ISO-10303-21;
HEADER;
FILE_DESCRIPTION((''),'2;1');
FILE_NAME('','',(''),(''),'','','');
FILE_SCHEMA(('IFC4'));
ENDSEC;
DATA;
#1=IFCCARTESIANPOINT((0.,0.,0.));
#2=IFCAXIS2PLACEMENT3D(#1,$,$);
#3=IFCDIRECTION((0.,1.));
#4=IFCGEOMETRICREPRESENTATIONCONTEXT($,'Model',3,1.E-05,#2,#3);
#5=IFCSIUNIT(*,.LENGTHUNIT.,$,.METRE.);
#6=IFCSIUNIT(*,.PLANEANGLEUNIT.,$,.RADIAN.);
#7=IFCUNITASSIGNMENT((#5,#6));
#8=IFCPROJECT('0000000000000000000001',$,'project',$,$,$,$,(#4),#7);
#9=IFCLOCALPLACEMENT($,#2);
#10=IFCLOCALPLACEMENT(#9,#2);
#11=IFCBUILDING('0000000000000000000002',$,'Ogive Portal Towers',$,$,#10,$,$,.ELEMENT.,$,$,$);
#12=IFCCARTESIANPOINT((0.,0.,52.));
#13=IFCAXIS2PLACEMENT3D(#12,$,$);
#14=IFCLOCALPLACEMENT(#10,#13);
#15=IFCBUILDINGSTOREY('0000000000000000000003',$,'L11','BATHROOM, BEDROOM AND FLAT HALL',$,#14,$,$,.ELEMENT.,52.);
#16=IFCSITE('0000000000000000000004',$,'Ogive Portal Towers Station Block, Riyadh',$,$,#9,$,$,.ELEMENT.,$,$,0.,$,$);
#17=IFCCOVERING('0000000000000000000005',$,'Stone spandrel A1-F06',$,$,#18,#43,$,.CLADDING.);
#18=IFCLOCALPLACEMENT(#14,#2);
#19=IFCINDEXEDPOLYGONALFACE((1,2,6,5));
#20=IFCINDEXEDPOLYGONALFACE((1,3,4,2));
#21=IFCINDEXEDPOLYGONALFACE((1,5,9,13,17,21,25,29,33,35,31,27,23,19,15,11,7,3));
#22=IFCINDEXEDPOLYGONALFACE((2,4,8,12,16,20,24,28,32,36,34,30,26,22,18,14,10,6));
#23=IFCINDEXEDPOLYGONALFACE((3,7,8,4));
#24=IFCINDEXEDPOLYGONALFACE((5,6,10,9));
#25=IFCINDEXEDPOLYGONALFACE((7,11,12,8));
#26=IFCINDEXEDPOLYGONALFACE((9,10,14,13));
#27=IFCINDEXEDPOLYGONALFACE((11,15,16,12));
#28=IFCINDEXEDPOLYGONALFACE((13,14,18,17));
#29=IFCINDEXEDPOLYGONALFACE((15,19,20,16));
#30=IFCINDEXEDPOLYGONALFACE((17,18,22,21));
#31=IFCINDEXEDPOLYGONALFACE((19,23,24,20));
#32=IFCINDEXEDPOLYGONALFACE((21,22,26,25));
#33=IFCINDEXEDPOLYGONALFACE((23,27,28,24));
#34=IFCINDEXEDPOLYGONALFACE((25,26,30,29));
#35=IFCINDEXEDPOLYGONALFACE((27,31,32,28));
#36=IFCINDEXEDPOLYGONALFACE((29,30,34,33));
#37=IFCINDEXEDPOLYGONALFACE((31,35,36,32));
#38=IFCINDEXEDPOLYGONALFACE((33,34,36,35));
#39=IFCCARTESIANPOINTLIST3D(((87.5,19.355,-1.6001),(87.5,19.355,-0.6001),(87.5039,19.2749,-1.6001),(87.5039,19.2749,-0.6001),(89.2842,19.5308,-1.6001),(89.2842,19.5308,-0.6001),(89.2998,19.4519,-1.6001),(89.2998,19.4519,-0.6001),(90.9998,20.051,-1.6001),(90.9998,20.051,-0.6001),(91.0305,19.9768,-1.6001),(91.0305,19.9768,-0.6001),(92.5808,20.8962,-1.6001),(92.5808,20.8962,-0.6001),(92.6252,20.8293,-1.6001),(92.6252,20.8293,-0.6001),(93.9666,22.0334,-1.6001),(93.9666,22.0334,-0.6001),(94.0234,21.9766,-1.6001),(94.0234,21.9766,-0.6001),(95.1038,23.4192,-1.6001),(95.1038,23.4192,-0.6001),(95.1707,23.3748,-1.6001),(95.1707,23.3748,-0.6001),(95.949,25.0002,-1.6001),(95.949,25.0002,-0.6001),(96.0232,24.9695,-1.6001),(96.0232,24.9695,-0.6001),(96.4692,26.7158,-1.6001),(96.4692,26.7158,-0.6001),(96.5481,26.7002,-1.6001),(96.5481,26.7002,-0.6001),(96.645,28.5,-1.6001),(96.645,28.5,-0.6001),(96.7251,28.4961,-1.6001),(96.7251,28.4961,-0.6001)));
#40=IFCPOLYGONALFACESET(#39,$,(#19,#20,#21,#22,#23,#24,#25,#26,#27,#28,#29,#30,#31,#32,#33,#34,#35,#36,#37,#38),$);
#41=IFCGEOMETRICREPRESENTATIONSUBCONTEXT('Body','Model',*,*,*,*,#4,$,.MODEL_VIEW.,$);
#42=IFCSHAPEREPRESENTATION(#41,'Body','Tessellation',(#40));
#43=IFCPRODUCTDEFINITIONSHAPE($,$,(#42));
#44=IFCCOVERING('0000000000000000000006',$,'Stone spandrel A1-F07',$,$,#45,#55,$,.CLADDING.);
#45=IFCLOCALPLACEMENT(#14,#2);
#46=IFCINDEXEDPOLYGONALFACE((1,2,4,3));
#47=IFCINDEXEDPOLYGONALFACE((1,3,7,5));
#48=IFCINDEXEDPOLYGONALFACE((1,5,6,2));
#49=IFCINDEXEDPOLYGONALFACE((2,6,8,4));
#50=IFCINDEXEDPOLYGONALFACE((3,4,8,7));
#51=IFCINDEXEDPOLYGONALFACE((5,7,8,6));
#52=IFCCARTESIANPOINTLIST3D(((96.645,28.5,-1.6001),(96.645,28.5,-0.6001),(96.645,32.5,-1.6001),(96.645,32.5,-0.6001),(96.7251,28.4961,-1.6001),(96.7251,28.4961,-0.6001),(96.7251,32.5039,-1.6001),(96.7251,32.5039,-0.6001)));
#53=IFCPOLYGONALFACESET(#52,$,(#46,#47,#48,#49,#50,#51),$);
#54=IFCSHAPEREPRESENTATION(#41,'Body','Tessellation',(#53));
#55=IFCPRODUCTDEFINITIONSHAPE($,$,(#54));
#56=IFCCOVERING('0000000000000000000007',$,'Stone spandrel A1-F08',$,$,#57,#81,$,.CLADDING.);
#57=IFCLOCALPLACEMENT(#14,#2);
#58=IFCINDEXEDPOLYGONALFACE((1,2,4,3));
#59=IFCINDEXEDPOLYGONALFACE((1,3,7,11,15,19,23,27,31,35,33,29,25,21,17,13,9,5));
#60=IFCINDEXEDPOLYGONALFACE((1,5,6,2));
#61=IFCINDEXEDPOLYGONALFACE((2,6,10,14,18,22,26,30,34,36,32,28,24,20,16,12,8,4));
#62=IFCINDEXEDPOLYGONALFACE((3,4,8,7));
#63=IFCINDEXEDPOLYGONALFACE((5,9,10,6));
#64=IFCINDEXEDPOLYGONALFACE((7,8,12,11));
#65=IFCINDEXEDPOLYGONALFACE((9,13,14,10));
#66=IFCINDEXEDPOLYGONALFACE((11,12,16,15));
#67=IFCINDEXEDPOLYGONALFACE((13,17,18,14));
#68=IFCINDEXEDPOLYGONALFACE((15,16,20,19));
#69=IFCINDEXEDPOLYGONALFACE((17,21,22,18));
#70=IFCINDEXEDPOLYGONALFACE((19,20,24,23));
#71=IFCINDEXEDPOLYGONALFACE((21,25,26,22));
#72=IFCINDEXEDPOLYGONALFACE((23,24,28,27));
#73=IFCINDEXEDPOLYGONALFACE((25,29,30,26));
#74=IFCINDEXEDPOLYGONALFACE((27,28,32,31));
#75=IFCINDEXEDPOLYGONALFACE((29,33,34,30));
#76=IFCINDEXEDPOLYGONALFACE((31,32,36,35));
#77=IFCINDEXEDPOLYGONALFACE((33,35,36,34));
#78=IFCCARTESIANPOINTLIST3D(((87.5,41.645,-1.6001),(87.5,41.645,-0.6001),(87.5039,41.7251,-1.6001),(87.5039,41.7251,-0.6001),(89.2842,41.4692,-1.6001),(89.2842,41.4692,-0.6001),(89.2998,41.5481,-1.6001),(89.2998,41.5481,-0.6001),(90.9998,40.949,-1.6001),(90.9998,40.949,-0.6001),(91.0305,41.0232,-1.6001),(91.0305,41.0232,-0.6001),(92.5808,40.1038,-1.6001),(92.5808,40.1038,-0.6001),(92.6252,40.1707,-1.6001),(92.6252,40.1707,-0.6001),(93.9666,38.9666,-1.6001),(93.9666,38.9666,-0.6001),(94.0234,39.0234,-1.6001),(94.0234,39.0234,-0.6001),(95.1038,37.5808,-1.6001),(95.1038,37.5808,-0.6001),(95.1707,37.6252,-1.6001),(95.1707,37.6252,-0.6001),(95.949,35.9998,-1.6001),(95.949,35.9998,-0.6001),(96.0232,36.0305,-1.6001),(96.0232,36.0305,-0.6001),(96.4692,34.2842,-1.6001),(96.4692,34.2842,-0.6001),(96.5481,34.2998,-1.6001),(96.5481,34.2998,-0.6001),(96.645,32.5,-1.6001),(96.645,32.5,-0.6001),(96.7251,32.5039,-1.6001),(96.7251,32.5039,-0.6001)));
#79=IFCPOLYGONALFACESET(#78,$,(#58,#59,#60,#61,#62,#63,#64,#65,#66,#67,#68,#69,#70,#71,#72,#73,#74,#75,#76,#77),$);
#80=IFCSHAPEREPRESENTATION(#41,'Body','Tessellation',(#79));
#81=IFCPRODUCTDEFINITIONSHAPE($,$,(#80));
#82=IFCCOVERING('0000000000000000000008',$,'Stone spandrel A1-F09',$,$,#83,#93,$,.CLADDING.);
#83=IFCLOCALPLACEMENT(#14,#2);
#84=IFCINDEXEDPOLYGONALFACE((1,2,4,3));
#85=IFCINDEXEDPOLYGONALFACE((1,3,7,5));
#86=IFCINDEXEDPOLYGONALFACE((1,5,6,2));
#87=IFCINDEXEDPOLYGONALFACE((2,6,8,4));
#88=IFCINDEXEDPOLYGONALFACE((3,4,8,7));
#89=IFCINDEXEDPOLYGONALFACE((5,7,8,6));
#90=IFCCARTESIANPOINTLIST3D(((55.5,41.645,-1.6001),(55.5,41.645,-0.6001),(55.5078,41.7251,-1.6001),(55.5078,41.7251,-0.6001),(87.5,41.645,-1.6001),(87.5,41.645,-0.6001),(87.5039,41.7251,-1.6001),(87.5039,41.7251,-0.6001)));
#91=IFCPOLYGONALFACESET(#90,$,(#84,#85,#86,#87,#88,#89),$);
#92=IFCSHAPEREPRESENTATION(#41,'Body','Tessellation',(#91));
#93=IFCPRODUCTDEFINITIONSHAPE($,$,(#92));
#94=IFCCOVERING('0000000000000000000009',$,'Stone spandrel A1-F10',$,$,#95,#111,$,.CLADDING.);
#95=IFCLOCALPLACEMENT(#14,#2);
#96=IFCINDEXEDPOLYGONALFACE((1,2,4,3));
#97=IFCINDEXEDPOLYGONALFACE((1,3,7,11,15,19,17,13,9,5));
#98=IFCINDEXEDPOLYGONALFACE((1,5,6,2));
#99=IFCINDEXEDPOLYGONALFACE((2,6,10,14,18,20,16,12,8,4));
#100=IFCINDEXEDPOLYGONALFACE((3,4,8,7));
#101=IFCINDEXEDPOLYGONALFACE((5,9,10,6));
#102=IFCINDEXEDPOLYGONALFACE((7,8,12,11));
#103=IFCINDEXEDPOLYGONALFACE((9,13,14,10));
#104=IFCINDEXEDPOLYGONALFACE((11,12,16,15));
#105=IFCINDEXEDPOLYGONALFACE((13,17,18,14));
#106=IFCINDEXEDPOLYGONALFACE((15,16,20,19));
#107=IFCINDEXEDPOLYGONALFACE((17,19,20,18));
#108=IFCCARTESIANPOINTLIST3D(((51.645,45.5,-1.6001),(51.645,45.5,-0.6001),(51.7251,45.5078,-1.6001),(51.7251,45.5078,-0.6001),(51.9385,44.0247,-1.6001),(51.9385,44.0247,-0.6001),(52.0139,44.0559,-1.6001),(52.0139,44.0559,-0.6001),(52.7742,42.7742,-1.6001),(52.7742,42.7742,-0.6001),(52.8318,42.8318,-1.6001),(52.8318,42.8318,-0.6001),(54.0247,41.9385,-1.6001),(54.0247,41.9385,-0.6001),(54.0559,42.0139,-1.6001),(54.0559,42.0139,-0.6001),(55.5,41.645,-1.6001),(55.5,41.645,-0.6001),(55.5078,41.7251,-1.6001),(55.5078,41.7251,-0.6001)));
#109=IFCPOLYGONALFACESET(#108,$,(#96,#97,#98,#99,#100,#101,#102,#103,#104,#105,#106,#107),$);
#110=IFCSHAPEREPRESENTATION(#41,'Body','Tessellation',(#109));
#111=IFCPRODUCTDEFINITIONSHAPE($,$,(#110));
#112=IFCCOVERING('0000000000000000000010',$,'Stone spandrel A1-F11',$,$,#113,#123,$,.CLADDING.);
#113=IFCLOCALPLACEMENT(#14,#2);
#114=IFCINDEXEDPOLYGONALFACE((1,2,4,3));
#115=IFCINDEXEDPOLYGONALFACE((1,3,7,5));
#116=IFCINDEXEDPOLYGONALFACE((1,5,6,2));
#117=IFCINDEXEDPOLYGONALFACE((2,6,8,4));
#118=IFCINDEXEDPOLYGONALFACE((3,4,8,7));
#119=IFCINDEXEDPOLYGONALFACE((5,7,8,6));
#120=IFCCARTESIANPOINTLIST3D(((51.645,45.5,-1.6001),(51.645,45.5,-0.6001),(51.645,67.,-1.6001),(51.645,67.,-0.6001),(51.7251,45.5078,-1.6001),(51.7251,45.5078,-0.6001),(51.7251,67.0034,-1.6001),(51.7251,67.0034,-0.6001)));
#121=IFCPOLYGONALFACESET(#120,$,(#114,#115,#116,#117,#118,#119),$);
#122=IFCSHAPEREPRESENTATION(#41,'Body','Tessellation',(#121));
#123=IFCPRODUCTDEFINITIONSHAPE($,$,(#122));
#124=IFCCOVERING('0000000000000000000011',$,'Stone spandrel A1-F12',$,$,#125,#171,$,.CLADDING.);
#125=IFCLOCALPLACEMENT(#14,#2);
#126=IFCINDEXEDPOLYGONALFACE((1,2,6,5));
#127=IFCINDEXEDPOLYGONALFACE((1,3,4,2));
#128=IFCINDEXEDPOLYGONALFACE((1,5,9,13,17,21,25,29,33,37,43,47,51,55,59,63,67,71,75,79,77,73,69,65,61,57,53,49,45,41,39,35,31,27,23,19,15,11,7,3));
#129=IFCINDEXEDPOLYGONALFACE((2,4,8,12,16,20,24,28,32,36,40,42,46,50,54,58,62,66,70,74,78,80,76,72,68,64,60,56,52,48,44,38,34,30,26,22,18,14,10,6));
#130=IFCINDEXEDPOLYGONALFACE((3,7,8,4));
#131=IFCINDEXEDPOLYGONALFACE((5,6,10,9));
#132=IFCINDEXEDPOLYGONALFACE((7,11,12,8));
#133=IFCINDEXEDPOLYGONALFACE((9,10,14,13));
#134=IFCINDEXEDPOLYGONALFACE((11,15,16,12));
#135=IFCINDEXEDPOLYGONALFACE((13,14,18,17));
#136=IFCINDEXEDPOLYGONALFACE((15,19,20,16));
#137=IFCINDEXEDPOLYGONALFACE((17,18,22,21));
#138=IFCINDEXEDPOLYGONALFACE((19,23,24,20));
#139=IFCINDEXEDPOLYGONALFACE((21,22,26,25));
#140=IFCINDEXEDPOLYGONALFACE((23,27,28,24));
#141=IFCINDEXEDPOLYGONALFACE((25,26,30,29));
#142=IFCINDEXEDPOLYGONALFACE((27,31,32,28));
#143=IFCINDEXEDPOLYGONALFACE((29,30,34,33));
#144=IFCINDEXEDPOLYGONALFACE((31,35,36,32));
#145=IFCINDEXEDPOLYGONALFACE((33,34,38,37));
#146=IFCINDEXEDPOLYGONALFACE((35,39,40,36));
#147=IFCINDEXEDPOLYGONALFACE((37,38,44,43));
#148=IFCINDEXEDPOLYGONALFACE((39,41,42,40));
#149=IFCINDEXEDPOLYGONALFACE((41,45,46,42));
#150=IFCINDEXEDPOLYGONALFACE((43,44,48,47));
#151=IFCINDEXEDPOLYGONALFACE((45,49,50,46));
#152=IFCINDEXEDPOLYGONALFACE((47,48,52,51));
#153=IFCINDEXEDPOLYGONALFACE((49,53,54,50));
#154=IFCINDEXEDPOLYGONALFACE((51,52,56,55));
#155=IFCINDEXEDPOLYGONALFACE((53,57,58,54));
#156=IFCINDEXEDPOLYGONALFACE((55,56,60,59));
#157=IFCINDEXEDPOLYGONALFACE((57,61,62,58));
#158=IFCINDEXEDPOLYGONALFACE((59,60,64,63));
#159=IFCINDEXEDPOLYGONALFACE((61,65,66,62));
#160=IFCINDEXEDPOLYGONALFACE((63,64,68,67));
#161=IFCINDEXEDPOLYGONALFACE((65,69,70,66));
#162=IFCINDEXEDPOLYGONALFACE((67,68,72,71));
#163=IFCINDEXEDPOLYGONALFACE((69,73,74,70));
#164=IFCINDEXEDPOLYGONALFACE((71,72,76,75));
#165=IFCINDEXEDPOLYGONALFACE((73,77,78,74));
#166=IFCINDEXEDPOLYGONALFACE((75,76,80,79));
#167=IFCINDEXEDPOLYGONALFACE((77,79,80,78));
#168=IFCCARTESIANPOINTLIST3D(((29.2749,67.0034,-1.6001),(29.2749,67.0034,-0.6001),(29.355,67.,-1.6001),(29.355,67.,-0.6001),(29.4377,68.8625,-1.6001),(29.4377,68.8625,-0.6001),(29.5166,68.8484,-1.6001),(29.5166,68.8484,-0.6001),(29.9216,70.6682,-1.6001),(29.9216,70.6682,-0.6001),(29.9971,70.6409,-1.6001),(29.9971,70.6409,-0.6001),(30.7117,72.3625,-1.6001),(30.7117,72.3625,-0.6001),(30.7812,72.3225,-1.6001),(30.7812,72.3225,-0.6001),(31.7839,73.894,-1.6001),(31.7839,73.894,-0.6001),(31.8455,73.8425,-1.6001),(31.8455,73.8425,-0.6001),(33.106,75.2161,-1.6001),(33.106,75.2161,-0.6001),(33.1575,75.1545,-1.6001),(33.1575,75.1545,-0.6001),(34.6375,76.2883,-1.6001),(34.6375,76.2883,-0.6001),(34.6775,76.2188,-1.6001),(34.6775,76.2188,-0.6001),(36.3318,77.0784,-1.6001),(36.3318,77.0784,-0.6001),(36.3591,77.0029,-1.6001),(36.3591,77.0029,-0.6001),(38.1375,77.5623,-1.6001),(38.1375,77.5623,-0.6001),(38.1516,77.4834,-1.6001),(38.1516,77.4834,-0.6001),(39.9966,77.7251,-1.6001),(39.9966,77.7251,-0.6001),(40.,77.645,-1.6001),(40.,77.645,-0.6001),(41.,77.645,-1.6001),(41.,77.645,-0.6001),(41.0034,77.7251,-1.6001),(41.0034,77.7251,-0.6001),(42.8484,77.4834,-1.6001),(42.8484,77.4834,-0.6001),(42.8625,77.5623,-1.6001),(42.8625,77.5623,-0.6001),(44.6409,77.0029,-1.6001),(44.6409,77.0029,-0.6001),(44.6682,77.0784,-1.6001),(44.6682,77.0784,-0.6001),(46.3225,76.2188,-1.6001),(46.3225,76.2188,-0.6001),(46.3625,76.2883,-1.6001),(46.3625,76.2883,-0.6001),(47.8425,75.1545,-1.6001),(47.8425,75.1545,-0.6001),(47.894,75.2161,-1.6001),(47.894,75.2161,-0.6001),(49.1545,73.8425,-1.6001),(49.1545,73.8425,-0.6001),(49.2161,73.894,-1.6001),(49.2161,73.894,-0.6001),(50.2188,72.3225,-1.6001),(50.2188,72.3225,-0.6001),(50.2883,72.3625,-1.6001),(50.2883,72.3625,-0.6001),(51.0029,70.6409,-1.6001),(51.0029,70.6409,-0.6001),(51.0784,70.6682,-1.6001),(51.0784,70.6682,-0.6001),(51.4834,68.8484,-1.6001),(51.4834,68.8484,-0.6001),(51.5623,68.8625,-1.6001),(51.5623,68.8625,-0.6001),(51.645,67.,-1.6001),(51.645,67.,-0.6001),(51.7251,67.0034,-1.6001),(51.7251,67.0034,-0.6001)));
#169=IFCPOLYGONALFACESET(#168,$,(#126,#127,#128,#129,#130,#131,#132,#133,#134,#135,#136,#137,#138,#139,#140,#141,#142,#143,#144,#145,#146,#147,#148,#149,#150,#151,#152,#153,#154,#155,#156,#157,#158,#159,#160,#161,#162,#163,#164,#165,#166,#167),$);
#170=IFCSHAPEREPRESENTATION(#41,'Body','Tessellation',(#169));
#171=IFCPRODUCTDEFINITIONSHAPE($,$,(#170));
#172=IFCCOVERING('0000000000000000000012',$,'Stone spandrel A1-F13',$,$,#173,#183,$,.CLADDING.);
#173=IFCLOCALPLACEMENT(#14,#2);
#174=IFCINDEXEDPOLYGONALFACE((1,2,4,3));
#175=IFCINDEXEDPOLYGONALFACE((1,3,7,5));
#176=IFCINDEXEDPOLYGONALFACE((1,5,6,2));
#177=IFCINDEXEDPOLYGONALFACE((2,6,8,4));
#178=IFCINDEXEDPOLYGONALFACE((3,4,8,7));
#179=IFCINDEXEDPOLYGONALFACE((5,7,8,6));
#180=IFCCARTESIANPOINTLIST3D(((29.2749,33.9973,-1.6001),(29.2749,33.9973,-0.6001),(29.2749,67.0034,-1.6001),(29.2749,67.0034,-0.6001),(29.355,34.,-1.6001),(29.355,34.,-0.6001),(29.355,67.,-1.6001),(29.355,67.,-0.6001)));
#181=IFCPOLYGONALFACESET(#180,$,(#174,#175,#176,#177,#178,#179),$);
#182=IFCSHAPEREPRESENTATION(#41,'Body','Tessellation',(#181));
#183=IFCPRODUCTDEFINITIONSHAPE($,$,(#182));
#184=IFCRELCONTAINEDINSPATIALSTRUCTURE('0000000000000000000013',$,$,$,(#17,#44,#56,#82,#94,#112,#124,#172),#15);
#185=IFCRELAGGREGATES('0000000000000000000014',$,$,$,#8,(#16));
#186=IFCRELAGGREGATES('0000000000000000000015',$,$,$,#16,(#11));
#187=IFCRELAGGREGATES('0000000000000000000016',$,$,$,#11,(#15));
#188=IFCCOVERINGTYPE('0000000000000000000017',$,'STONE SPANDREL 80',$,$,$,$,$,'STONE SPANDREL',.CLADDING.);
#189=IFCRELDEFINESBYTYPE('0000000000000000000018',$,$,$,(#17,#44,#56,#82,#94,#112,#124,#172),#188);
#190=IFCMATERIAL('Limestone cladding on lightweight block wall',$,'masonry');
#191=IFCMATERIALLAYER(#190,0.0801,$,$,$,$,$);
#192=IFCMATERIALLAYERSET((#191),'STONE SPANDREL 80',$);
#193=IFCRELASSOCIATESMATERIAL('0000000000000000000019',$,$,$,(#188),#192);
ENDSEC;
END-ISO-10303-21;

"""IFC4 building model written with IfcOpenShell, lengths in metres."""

from ifc_helpers import new_model, si_unit, direction, frame, origin, place, context, subcontext, project, spatial, polyline, outline, extrude, material, layer, layer_set, type_object, element, save


model = new_model("IFC4")

# Units and contexts
model_context = context("Model", 3, precision=1e-05, world=origin(), true_north=direction((0.0, 1.0)))
body_context = subcontext(model_context, "Body", "Model", "MODEL_VIEW")
ifc_project = project(units=[si_unit("LENGTHUNIT", "METRE"), si_unit("PLANEANGLEUNIT", "RADIAN")], contexts=[model_context])

# Site, building, storey
site_placement = place(None, origin())
site = spatial("IfcSite", under=ifc_project, at=site_placement, Name="Ogive Portal Towers Station Block, Riyadh", CompositionType="ELEMENT", RefElevation=0.0)
building_placement = place(site_placement, origin())
building = spatial("IfcBuilding", under=site, at=building_placement, Name="Ogive Portal Towers", CompositionType="ELEMENT")
storey_placement = place(building_placement, frame((0.0, 0.0, 52.0)))
storey = spatial("IfcBuildingStorey", under=building, at=storey_placement, Name="L11", Description="BATHROOM, BEDROOM AND FLAT HALL", CompositionType="ELEMENT", Elevation=52.0)

# Coverings
ifc_material_1 = material(Name="Limestone cladding on lightweight block wall", Category="masonry")
ifc_layer_1 = layer(ifc_material_1, 0.0801)
ifc_layer_set_1 = layer_set([ifc_layer_1], Name="STONE SPANDREL 80")
covering_type_1 = type_object("IfcCoveringType", Name="STONE SPANDREL 80", ElementType="STONE SPANDREL", PredefinedType="CLADDING", material=ifc_layer_set_1)
covering_1_placement = place(storey_placement, frame((0.0, 0.0, -1.6001)))
element("IfcCovering", 1, at=covering_1_placement, inside=storey, type_object=covering_type_1, Name="Stone spandrel A1-F06", PredefinedType="CLADDING", context=body_context, shape_type="SweptSolid", body=[
    extrude(outline(polyline([(87.5, 19.355), (89.2842, 19.5308), (90.9998, 20.051), (92.5808, 20.8962), (93.9666, 22.0334), (95.1038, 23.4192), (95.949, 25.0002), (96.4692, 26.7158), (96.645, 28.5), (96.7251, 28.4961), (96.5481, 26.7002), (96.0232, 24.9695), (95.1707, 23.3748), (94.0234, 21.9766), (92.6252, 20.8293), (91.0305, 19.9768), (89.2998, 19.4519), (87.5039, 19.2749), (87.5, 19.355)])), origin(), (0.0, 0.0, 1.0), 1.0),
])
covering_2_placement = place(storey_placement, frame((0.0, 0.0, -1.6001)))
element("IfcCovering", 2, at=covering_2_placement, inside=storey, type_object=covering_type_1, Name="Stone spandrel A1-F07", PredefinedType="CLADDING", context=body_context, shape_type="SweptSolid", body=[
    extrude(outline(polyline([(96.645, 28.5), (96.645, 32.5), (96.7251, 32.5039), (96.7251, 28.4961), (96.645, 28.5)])), origin(), (0.0, 0.0, 1.0), 1.0),
])
covering_3_placement = place(storey_placement, frame((0.0, 0.0, -1.6001)))
element("IfcCovering", 3, at=covering_3_placement, inside=storey, type_object=covering_type_1, Name="Stone spandrel A1-F08", PredefinedType="CLADDING", context=body_context, shape_type="SweptSolid", body=[
    extrude(outline(polyline([(96.645, 32.5), (96.4692, 34.2842), (95.949, 35.9998), (95.1038, 37.5808), (93.9666, 38.9666), (92.5808, 40.1038), (90.9998, 40.949), (89.2842, 41.4692), (87.5, 41.645), (87.5039, 41.7251), (89.2998, 41.5481), (91.0305, 41.0232), (92.6252, 40.1707), (94.0234, 39.0234), (95.1707, 37.6252), (96.0232, 36.0305), (96.5481, 34.2998), (96.7251, 32.5039), (96.645, 32.5)])), origin(), (0.0, 0.0, 1.0), 1.0),
])
covering_4_placement = place(storey_placement, frame((0.0, 0.0, -1.6001)))
element("IfcCovering", 4, at=covering_4_placement, inside=storey, type_object=covering_type_1, Name="Stone spandrel A1-F09", PredefinedType="CLADDING", context=body_context, shape_type="SweptSolid", body=[
    extrude(outline(polyline([(87.5, 41.645), (55.5, 41.645), (55.5078, 41.7251), (87.5039, 41.7251), (87.5, 41.645)])), origin(), (0.0, 0.0, 1.0), 1.0),
])
covering_5_placement = place(storey_placement, frame((0.0, 0.0, -1.6001)))
element("IfcCovering", 5, at=covering_5_placement, inside=storey, type_object=covering_type_1, Name="Stone spandrel A1-F10", PredefinedType="CLADDING", context=body_context, shape_type="SweptSolid", body=[
    extrude(outline(polyline([(55.5, 41.645), (54.0247, 41.9385), (52.7742, 42.7742), (51.9385, 44.0247), (51.645, 45.5), (51.7251, 45.5078), (52.0139, 44.0559), (52.8318, 42.8318), (54.0559, 42.0139), (55.5078, 41.7251), (55.5, 41.645)])), origin(), (0.0, 0.0, 1.0), 1.0),
])
covering_6_placement = place(storey_placement, frame((0.0, 0.0, -1.6001)))
element("IfcCovering", 6, at=covering_6_placement, inside=storey, type_object=covering_type_1, Name="Stone spandrel A1-F11", PredefinedType="CLADDING", context=body_context, shape_type="SweptSolid", body=[
    extrude(outline(polyline([(51.645, 45.5), (51.645, 67.0), (51.7251, 67.0034), (51.7251, 45.5078), (51.645, 45.5)])), origin(), (0.0, 0.0, 1.0), 1.0),
])
covering_7_placement = place(storey_placement, frame((0.0, 0.0, -1.6001)))
element("IfcCovering", 7, at=covering_7_placement, inside=storey, type_object=covering_type_1, Name="Stone spandrel A1-F12", PredefinedType="CLADDING", context=body_context, shape_type="SweptSolid", body=[
    extrude(outline(polyline([(51.645, 67.0), (51.4834, 68.8484), (51.0029, 70.6409), (50.2188, 72.3225), (49.1545, 73.8425), (47.8425, 75.1545), (46.3225, 76.2188), (44.6409, 77.0029), (42.8484, 77.4834), (41.0, 77.645), (40.0, 77.645), (38.1516, 77.4834), (36.3591, 77.0029), (34.6775, 76.2188), (33.1575, 75.1545), (31.8455, 73.8425), (30.7812, 72.3225), (29.9971, 70.6409), (29.5166, 68.8484), (29.355, 67.0), (29.2749, 67.0034), (29.4377, 68.8625), (29.9216, 70.6682), (30.7117, 72.3625), (31.7839, 73.894), (33.106, 75.2161), (34.6375, 76.2883), (36.3318, 77.0784), (38.1375, 77.5623), (39.9966, 77.7251), (41.0034, 77.7251), (42.8625, 77.5623), (44.6682, 77.0784), (46.3625, 76.2883), (47.894, 75.2161), (49.2161, 73.894), (50.2883, 72.3625), (51.0784, 70.6682), (51.5623, 68.8625), (51.7251, 67.0034), (51.645, 67.0)])), origin(), (0.0, 0.0, 1.0), 1.0),
])
covering_8_placement = place(storey_placement, frame((0.0, 0.0, -1.6001)))
element("IfcCovering", 8, at=covering_8_placement, inside=storey, type_object=covering_type_1, Name="Stone spandrel A1-F13", PredefinedType="CLADDING", context=body_context, shape_type="SweptSolid", body=[
    extrude(outline(polyline([(29.355, 67.0), (29.355, 34.0), (29.2749, 33.9973), (29.2749, 67.0034), (29.355, 67.0)])), origin(), (0.0, 0.0, 1.0), 1.0),
])

save(model, "model.ifc")
